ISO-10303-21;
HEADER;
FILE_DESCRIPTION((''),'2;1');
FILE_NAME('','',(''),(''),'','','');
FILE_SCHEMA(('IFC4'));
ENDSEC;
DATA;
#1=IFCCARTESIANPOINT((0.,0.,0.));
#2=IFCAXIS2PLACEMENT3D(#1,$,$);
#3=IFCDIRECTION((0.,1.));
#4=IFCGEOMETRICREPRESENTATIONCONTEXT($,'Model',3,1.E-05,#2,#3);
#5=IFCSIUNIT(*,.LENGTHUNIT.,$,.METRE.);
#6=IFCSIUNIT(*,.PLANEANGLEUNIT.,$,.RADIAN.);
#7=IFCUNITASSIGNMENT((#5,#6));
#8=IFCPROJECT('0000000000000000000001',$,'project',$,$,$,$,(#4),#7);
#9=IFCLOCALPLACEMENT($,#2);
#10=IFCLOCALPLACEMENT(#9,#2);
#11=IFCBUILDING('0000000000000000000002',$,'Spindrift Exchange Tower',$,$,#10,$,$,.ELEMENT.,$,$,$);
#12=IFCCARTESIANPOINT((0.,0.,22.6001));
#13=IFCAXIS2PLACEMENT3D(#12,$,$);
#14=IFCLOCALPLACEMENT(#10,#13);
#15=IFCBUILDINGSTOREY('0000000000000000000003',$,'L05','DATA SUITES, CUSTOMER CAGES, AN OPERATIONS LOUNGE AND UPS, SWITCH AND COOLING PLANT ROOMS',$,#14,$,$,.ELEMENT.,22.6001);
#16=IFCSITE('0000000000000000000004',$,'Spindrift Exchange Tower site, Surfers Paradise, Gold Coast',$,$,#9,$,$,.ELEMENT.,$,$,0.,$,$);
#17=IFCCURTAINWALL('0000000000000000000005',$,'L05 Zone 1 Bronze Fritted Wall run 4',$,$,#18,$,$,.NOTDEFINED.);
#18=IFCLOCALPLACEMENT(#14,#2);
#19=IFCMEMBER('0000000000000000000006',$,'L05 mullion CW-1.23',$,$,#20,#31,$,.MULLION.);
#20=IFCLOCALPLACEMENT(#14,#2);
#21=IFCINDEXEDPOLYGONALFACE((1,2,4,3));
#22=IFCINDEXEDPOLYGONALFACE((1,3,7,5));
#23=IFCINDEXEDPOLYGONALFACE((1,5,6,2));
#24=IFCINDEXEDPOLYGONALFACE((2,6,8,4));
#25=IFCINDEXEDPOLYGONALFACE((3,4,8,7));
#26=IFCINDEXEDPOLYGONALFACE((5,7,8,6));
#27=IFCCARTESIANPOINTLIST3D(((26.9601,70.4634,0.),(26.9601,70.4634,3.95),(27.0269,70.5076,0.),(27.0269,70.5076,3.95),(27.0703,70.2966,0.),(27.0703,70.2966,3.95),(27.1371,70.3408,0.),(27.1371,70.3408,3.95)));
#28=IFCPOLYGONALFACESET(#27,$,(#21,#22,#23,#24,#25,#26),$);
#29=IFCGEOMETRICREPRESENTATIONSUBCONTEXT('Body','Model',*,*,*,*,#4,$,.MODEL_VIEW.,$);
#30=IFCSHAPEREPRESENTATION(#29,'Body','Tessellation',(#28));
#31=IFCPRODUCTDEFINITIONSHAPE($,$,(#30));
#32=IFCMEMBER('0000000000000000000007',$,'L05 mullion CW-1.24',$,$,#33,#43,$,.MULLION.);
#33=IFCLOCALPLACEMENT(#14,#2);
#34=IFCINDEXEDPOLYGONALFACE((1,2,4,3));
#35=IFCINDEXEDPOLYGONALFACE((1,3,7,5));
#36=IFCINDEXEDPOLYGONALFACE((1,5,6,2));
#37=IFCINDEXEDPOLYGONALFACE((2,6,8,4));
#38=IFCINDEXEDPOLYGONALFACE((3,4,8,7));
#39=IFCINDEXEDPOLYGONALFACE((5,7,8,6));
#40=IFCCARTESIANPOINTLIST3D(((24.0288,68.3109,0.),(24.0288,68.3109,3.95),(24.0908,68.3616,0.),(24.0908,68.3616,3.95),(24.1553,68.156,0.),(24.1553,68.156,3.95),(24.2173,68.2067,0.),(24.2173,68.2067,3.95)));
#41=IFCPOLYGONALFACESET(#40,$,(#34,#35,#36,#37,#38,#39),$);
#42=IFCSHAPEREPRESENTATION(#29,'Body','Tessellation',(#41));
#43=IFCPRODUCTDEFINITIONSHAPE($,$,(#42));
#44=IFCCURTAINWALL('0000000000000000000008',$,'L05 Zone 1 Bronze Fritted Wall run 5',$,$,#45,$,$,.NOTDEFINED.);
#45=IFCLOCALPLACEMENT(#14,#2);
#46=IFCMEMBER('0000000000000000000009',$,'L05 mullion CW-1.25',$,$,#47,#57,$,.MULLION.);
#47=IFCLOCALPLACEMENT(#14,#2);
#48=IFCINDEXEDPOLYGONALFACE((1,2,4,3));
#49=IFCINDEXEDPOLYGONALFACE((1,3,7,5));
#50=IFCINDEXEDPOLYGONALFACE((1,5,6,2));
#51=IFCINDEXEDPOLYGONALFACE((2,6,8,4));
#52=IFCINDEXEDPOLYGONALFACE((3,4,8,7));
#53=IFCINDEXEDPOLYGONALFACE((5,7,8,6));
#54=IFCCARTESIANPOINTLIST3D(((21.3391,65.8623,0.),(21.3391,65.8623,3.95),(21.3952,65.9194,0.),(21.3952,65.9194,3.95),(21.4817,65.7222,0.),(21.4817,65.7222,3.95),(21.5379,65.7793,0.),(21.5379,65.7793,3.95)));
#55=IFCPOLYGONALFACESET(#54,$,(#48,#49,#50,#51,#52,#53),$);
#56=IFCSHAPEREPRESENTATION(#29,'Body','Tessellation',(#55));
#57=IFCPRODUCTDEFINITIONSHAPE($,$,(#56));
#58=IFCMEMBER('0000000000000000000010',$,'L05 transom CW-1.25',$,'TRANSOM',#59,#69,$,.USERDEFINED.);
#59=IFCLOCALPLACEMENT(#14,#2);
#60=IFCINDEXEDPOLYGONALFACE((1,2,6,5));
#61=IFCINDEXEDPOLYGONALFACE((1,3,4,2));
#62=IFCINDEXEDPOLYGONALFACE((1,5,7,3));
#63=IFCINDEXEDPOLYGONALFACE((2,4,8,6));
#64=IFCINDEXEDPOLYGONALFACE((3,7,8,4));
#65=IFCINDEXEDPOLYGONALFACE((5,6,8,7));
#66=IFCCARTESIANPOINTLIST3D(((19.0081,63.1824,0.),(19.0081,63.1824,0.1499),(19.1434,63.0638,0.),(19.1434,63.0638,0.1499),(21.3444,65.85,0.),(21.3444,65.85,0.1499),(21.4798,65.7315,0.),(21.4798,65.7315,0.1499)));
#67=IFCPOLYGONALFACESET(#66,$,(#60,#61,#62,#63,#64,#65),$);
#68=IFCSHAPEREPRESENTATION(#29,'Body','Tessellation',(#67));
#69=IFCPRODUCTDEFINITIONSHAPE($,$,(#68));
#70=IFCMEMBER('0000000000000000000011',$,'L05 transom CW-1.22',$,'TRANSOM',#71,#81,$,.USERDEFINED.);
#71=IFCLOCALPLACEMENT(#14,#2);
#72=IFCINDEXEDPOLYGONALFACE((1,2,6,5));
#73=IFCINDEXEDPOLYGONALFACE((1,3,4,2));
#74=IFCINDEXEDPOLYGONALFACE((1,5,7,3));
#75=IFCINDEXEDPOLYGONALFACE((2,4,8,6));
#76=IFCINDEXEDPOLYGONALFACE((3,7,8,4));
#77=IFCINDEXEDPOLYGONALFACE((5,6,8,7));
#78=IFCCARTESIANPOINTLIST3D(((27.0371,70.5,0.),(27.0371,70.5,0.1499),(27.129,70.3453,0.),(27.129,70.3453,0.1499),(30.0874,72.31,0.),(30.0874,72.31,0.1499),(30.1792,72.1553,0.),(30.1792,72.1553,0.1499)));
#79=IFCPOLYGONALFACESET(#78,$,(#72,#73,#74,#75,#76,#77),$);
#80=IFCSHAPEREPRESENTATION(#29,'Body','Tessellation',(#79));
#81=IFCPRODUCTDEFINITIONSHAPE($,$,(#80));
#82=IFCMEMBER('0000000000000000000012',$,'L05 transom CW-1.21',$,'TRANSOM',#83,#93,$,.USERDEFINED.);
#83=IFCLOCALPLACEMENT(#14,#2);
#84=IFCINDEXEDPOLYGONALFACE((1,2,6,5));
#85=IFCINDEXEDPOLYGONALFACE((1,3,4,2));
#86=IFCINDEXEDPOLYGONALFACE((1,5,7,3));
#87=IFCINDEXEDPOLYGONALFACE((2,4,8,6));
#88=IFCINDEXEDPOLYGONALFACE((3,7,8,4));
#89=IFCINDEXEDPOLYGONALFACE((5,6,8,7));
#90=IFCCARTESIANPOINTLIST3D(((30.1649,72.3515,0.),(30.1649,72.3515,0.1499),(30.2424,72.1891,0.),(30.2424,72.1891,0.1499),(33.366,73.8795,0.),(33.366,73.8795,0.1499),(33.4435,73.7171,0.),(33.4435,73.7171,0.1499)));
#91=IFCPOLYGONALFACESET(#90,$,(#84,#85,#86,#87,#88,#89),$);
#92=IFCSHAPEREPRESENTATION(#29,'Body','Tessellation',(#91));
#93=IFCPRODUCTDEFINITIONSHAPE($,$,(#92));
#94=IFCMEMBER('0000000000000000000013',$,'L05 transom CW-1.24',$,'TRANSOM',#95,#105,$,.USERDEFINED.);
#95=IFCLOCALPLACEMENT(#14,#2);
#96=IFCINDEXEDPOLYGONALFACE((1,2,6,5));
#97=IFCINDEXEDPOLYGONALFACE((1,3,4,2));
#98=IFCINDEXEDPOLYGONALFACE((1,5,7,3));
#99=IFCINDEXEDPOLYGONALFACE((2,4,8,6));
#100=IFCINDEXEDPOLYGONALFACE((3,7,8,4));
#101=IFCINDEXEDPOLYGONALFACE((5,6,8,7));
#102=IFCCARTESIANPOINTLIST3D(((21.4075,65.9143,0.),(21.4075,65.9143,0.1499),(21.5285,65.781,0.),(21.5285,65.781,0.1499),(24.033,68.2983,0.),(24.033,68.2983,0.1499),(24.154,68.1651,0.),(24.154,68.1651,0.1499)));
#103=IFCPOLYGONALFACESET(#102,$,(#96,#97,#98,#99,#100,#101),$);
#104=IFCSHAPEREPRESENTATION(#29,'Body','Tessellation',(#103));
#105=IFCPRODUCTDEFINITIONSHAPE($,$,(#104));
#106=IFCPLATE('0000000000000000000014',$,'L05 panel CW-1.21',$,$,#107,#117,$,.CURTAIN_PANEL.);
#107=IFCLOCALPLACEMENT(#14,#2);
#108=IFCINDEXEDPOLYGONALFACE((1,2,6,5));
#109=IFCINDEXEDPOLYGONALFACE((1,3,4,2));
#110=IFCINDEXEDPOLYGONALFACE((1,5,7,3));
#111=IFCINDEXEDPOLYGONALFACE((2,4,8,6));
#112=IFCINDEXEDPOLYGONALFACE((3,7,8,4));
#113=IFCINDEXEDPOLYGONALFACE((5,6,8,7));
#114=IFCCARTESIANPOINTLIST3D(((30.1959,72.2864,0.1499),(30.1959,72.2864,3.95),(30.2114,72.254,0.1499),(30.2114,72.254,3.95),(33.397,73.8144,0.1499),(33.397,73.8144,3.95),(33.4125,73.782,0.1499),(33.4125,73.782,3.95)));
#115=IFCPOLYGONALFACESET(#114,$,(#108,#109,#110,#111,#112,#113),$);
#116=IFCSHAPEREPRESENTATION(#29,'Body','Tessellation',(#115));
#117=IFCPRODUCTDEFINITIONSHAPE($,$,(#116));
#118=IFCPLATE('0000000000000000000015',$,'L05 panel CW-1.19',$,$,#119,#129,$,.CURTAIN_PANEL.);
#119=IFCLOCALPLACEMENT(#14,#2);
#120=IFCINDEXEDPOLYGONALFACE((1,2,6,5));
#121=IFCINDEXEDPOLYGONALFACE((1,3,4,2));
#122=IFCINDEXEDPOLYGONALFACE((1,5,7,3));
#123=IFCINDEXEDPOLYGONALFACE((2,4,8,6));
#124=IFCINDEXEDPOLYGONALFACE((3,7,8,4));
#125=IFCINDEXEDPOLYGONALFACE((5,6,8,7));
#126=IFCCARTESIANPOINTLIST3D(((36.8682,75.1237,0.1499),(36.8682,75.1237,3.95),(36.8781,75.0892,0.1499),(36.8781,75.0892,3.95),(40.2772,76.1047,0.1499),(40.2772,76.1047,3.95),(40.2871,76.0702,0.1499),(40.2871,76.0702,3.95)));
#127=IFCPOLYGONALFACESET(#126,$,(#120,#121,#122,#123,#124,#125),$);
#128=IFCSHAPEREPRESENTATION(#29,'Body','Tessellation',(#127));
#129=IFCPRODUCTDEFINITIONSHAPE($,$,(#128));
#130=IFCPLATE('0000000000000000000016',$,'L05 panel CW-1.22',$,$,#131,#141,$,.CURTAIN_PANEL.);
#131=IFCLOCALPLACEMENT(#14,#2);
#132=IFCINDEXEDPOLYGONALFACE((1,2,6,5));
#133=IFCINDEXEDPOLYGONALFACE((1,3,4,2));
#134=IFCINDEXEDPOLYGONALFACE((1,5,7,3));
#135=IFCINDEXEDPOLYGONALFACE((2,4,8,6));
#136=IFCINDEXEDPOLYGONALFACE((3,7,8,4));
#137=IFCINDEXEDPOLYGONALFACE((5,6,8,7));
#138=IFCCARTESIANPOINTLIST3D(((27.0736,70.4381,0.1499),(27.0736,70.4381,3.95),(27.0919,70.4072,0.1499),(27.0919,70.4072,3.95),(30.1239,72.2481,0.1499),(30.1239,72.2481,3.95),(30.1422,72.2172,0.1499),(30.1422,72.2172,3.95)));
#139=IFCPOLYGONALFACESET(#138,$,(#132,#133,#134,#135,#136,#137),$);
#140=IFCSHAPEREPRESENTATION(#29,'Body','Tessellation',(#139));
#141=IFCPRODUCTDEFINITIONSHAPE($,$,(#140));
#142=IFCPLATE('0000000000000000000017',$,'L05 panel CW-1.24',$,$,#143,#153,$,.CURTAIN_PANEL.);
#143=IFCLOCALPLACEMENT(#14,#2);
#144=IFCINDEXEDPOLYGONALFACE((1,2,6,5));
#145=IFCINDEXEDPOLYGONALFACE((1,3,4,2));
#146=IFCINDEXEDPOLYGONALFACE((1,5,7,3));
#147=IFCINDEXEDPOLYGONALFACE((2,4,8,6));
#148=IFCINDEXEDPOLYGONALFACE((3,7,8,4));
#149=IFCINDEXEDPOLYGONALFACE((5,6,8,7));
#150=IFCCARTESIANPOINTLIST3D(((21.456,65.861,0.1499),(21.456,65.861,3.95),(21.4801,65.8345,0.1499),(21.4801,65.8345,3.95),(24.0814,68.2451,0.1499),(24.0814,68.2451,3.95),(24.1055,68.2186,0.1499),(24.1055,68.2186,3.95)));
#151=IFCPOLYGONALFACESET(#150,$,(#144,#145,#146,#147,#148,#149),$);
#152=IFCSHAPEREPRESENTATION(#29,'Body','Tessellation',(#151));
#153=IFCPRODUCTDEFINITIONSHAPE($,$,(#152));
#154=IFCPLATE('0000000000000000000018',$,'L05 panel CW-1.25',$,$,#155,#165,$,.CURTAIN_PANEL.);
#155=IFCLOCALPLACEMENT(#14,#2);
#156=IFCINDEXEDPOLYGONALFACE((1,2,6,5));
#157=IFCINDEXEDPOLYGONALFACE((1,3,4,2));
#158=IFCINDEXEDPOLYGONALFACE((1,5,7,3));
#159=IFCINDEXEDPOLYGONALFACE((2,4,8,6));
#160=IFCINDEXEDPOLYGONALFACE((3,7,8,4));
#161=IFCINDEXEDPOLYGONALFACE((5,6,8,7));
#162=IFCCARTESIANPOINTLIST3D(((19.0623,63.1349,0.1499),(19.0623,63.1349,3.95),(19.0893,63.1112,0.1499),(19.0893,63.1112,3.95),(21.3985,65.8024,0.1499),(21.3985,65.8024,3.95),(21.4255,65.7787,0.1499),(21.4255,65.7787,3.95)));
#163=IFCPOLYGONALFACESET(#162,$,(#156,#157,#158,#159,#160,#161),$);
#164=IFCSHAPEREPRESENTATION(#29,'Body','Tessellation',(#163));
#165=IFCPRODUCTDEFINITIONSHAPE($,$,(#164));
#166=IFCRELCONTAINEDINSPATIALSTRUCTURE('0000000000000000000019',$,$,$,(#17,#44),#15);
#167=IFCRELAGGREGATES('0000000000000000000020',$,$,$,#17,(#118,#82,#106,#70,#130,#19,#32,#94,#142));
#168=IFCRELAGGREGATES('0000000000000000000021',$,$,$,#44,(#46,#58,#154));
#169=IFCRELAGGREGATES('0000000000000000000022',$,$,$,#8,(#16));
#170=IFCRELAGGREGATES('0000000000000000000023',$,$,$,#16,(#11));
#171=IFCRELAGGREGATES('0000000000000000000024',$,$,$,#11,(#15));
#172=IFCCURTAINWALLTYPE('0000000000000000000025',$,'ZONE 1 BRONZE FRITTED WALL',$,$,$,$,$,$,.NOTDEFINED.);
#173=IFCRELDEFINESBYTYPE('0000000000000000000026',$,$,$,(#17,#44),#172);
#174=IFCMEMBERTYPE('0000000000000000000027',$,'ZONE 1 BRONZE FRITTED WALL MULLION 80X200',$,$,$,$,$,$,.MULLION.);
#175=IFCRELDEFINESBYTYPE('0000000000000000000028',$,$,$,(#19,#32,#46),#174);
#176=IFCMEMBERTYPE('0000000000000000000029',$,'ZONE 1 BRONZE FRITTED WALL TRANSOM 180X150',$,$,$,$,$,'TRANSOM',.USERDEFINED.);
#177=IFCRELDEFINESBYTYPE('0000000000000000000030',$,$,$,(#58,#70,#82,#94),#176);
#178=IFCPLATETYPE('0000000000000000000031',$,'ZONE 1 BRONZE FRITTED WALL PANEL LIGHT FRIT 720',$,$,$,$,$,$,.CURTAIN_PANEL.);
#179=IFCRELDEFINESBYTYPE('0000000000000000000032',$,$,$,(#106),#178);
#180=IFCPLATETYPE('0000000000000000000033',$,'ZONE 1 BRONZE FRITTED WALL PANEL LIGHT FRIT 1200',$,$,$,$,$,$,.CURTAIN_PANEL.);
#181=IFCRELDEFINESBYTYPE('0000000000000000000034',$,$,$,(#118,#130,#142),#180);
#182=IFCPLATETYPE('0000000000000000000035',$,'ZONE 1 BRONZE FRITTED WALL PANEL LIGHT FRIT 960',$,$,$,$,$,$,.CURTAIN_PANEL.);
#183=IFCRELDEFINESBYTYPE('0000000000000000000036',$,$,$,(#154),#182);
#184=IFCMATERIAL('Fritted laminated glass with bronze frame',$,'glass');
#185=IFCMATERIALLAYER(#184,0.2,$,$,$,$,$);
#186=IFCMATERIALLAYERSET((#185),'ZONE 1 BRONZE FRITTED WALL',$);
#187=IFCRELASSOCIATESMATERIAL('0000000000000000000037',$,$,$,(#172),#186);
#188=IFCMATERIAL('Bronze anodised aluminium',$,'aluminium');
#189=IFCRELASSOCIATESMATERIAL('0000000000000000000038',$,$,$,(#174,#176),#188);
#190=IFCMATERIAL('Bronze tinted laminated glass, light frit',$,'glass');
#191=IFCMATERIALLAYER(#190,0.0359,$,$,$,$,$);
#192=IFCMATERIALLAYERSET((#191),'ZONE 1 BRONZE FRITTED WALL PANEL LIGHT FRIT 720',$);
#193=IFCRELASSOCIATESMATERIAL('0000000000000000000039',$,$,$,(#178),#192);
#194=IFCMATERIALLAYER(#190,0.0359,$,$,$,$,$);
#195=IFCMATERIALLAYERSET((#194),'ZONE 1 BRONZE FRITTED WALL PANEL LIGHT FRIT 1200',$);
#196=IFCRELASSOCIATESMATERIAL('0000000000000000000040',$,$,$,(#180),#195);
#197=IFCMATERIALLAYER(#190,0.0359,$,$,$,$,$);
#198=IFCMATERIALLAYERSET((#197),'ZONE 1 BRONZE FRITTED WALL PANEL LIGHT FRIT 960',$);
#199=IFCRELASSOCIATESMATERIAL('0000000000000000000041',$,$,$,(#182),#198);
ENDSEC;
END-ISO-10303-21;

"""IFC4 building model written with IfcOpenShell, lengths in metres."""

from ifc_helpers import new_model, si_unit, direction, frame, origin, origin_2d, place, context, subcontext, project, spatial, rectangle, extrude, source, transform, mapped, material, layer, layer_set, material_profile, profile_set, type_object, element, aggregate, save


model = new_model("IFC4")

# Units and contexts
model_context = context("Model", 3, precision=1e-05, world=origin(), true_north=direction((0.0, 1.0)))
body_context = subcontext(model_context, "Body", "Model", "MODEL_VIEW")
ifc_project = project(units=[si_unit("LENGTHUNIT", "METRE"), si_unit("PLANEANGLEUNIT", "RADIAN")], contexts=[model_context])

# Site, building, storey
site_placement = place(None, origin())
site = spatial("IfcSite", under=ifc_project, at=site_placement, Name="Spindrift Exchange Tower site, Surfers Paradise, Gold Coast", CompositionType="ELEMENT", RefElevation=0.0)
building_placement = place(site_placement, origin())
building = spatial("IfcBuilding", under=site, at=building_placement, Name="Spindrift Exchange Tower", CompositionType="ELEMENT")
storey_placement = place(building_placement, frame((0.0, 0.0, 22.6001)))
storey = spatial("IfcBuildingStorey", under=building, at=storey_placement, Name="L05", Description="DATA SUITES, CUSTOMER CAGES, AN OPERATIONS LOUNGE AND UPS, SWITCH AND COOLING PLANT ROOMS", CompositionType="ELEMENT", Elevation=22.6001)

# Curtain walls, members
ifc_material_1 = material(Name="Fritted laminated glass with bronze frame", Category="glass")
ifc_layer_1 = layer(ifc_material_1, 0.2)
ifc_layer_set_1 = layer_set([ifc_layer_1], Name="ZONE 1 BRONZE FRITTED WALL")
curtain_wall_type = type_object("IfcCurtainWallType", Name="ZONE 1 BRONZE FRITTED WALL", PredefinedType="NOTDEFINED", material=ifc_layer_set_1)
curtain_wall_1_placement = place(storey_placement, origin())
curtain_wall_1 = element("IfcCurtainWall", 1, at=curtain_wall_1_placement, inside=storey, type_object=curtain_wall_type, Name="L05 Zone 1 Bronze Fritted Wall run 4", PredefinedType="NOTDEFINED")
ifc_material_2 = material(Name="Bronze anodised aluminium", Category="aluminium")
ifc_material_profile_1 = material_profile(ifc_material_2, rectangle(XDim=0.0801, YDim=0.2, at=origin_2d()), Name="ZONE 1 BRONZE FRITTED WALL MULLION 80X200")
ifc_profile_set_1 = profile_set([ifc_material_profile_1], Name="Bronze anodised aluminium")
member_type_1 = type_object("IfcMemberType", Name="ZONE 1 BRONZE FRITTED WALL MULLION 80X200", PredefinedType="MULLION", material=ifc_profile_set_1)
shared_shape_1 = source(origin(), body_context, "Body", "SweptSolid", [
    extrude(rectangle(XDim=0.0801, YDim=0.2, at=origin_2d()), origin(), (0.0, 0.0, 1.0), 3.95),
])
member_1_placement = place(storey_placement, frame((27.0486, 70.4021, 0.0), z_axis=(0.0, 0.0, 1.0), x_axis=(-0.834296, -0.551317, 0.0)))
member_1 = element("IfcMember", 2, at=member_1_placement, type_object=member_type_1, Name="L05 mullion CW-1.23", PredefinedType="MULLION", context=body_context, shape_type="MappedRepresentation", body=[
    mapped(shared_shape_1, transform((0.0, 0.0, 0.0), scale=1.0)),
])
member_2_placement = place(storey_placement, frame((24.123, 68.2588, 0.0), z_axis=(0.0, 0.0, 1.0), x_axis=(-0.774543, -0.632521, 0.0)))
member_2 = element("IfcMember", 3, at=member_2_placement, type_object=member_type_1, Name="L05 mullion CW-1.24", PredefinedType="MULLION", context=body_context, shape_type="MappedRepresentation", body=[
    mapped(shared_shape_1, transform((0.0, 0.0, 0.0), scale=1.0)),
])
curtain_wall_2_placement = place(storey_placement, origin())
curtain_wall_2 = element("IfcCurtainWall", 4, at=curtain_wall_2_placement, inside=storey, type_object=curtain_wall_type, Name="L05 Zone 1 Bronze Fritted Wall run 5", PredefinedType="NOTDEFINED")
member_3_placement = place(storey_placement, frame((21.4385, 65.8208, 0.0), z_axis=(0.0, 0.0, 1.0), x_axis=(-0.700723, -0.713433, 0.0)))
member_3 = element("IfcMember", 5, at=member_3_placement, type_object=member_type_1, Name="L05 mullion CW-1.25", PredefinedType="MULLION", context=body_context, shape_type="MappedRepresentation", body=[
    mapped(shared_shape_1, transform((0.0, 0.0, 0.0), scale=1.0)),
])
ifc_material_profile_2 = material_profile(ifc_material_2, rectangle(XDim=0.1799, YDim=0.1499, at=origin_2d()), Name="ZONE 1 BRONZE FRITTED WALL TRANSOM 180X150")
ifc_profile_set_2 = profile_set([ifc_material_profile_2], Name="Bronze anodised aluminium")
member_type_2 = type_object("IfcMemberType", Name="ZONE 1 BRONZE FRITTED WALL TRANSOM 180X150", ElementType="TRANSOM", PredefinedType="USERDEFINED", material=ifc_profile_set_2)
shared_shape_2 = source(origin(), body_context, "Body", "SweptSolid", [
    extrude(rectangle(XDim=0.1799, YDim=0.1499, at=origin_2d()), origin(), (0.0, 0.0, 1.0), 3.5461),
])
member_4_placement = place(storey_placement, frame((21.4121, 65.7908, 0.075), z_axis=(-0.658851, -0.752274, 0.0), x_axis=(0.752274, -0.658851, 0.0)))
member_4 = element("IfcMember", 6, at=member_4_placement, type_object=member_type_2, Name="L05 transom CW-1.25", ObjectType="TRANSOM", PredefinedType="USERDEFINED", context=body_context, shape_type="MappedRepresentation", body=[
    mapped(shared_shape_2, transform((0.0, 0.0, 0.0), scale=1.0)),
])

# Members
shared_shape_3 = source(origin(), body_context, "Body", "SweptSolid", [
    extrude(rectangle(XDim=0.1799, YDim=0.1499, at=origin_2d()), origin(), (0.0, 0.0, 1.0), 3.5469),
])
member_5_placement = place(storey_placement, frame((30.1333, 72.2327, 0.075), z_axis=(-0.859985, -0.510319, 0.0), x_axis=(0.510319, -0.859985, 0.0)))
member_5 = element("IfcMember", 7, at=member_5_placement, type_object=member_type_2, Name="L05 transom CW-1.22", ObjectType="TRANSOM", PredefinedType="USERDEFINED", context=body_context, shape_type="MappedRepresentation", body=[
    mapped(shared_shape_3, transform((0.0, 0.0, 0.0), scale=1.0)),
])
shared_shape_4 = source(origin(), body_context, "Body", "SweptSolid", [
    extrude(rectangle(XDim=0.1799, YDim=0.1499, at=origin_2d()), origin(), (0.0, 0.0, 1.0), 3.5471),
])
member_6_placement = place(storey_placement, frame((33.4048, 73.7983, 0.075), z_axis=(-0.902454, -0.430786, 0.0), x_axis=(0.430786, -0.902454, 0.0)))
member_6 = element("IfcMember", 8, at=member_6_placement, type_object=member_type_2, Name="L05 transom CW-1.21", ObjectType="TRANSOM", PredefinedType="USERDEFINED", context=body_context, shape_type="MappedRepresentation", body=[
    mapped(shared_shape_4, transform((0.0, 0.0, 0.0), scale=1.0)),
])
shared_shape_5 = source(origin(), body_context, "Body", "SweptSolid", [
    extrude(rectangle(XDim=0.1799, YDim=0.1499, at=origin_2d()), origin(), (0.0, 0.0, 1.0), 3.5464),
])
member_7_placement = place(storey_placement, frame((24.0935, 68.2317, 0.075), z_axis=(-0.740329, -0.672244, 0.0), x_axis=(0.672244, -0.740329, 0.0)))
member_7 = element("IfcMember", 9, at=member_7_placement, type_object=member_type_2, Name="L05 transom CW-1.24", ObjectType="TRANSOM", PredefinedType="USERDEFINED", context=body_context, shape_type="MappedRepresentation", body=[
    mapped(shared_shape_5, transform((0.0, 0.0, 0.0), scale=1.0)),
])

# Plates
ifc_material_3 = material(Name="Bronze tinted laminated glass, light frit", Category="glass")
ifc_layer_2 = layer(ifc_material_3, 0.0359)
ifc_layer_set_2 = layer_set([ifc_layer_2], Name="ZONE 1 BRONZE FRITTED WALL PANEL LIGHT FRIT 720")
plate_type_1 = type_object("IfcPlateType", Name="ZONE 1 BRONZE FRITTED WALL PANEL LIGHT FRIT 720", PredefinedType="CURTAIN_PANEL", material=ifc_layer_set_2)
shared_shape_6 = source(origin(), body_context, "Body", "SweptSolid", [
    extrude(rectangle(XDim=3.5471, YDim=0.0359, at=origin_2d()), origin(), (0.0, 0.0, 1.0), 3.8),
])
plate_1_placement = place(storey_placement, frame((31.8042, 73.0342, 0.1499), z_axis=(0.0, 0.0, 1.0), x_axis=(-0.902455, -0.430784, 0.0)))
plate_1 = element("IfcPlate", 10, at=plate_1_placement, type_object=plate_type_1, Name="L05 panel CW-1.21", PredefinedType="CURTAIN_PANEL", context=body_context, shape_type="MappedRepresentation", body=[
    mapped(shared_shape_6, transform((0.0, 0.0, 0.0), scale=1.0)),
])
ifc_layer_3 = layer(ifc_material_3, 0.0359)
ifc_layer_set_3 = layer_set([ifc_layer_3], Name="ZONE 1 BRONZE FRITTED WALL PANEL LIGHT FRIT 1200")
plate_type_2 = type_object("IfcPlateType", Name="ZONE 1 BRONZE FRITTED WALL PANEL LIGHT FRIT 1200", PredefinedType="CURTAIN_PANEL", material=ifc_layer_set_3)
shared_shape_7 = source(origin(), body_context, "Body", "SweptSolid", [
    extrude(rectangle(XDim=3.5474, YDim=0.0359, at=origin_2d()), origin(), (0.0, 0.0, 1.0), 3.8),
])
plate_2_placement = place(storey_placement, frame((38.5776, 75.5969, 0.1499), z_axis=(0.0, 0.0, 1.0), x_axis=(-0.961001, -0.276545, 0.0)))
plate_2 = element("IfcPlate", 11, at=plate_2_placement, type_object=plate_type_2, Name="L05 panel CW-1.19", PredefinedType="CURTAIN_PANEL", context=body_context, shape_type="MappedRepresentation", body=[
    mapped(shared_shape_7, transform((0.0, 0.0, 0.0), scale=1.0)),
])
shared_shape_8 = source(origin(), body_context, "Body", "SweptSolid", [
    extrude(rectangle(XDim=3.5469, YDim=0.0359, at=origin_2d()), origin(), (0.0, 0.0, 1.0), 3.8),
])
plate_3_placement = place(storey_placement, frame((28.6079, 71.3276, 0.1499), z_axis=(0.0, 0.0, 1.0), x_axis=(-0.859996, -0.510301, 0.0)))
plate_3 = element("IfcPlate", 12, at=plate_3_placement, type_object=plate_type_2, Name="L05 panel CW-1.22", PredefinedType="CURTAIN_PANEL", context=body_context, shape_type="MappedRepresentation", body=[
    mapped(shared_shape_8, transform((0.0, 0.0, 0.0), scale=1.0)),
])
shared_shape_9 = source(origin(), body_context, "Body", "SweptSolid", [
    extrude(rectangle(XDim=3.5464, YDim=0.0359, at=origin_2d()), origin(), (0.0, 0.0, 1.0), 3.8),
])
plate_4_placement = place(storey_placement, frame((22.7808, 67.0398, 0.1499), z_axis=(0.0, 0.0, 1.0), x_axis=(-0.740316, -0.67226, 0.0)))
plate_4 = element("IfcPlate", 13, at=plate_4_placement, type_object=plate_type_2, Name="L05 panel CW-1.24", PredefinedType="CURTAIN_PANEL", context=body_context, shape_type="MappedRepresentation", body=[
    mapped(shared_shape_9, transform((0.0, 0.0, 0.0), scale=1.0)),
])
aggregate(curtain_wall_1, [plate_2, member_6, plate_1, member_5, plate_3, member_1, member_2, member_7, plate_4])
ifc_layer_4 = layer(ifc_material_3, 0.0359)
ifc_layer_set_4 = layer_set([ifc_layer_4], Name="ZONE 1 BRONZE FRITTED WALL PANEL LIGHT FRIT 960")
plate_type_3 = type_object("IfcPlateType", Name="ZONE 1 BRONZE FRITTED WALL PANEL LIGHT FRIT 960", PredefinedType="CURTAIN_PANEL", material=ifc_layer_set_4)
shared_shape_10 = source(origin(), body_context, "Body", "SweptSolid", [
    extrude(rectangle(XDim=3.5459, YDim=0.0359, at=origin_2d()), origin(), (0.0, 0.0, 1.0), 3.8),
])
plate_5_placement = place(storey_placement, frame((20.2439, 64.4568, 0.1499), z_axis=(0.0, 0.0, 1.0), x_axis=(-0.658844, -0.752279, 0.0)))
plate_5 = element("IfcPlate", 14, at=plate_5_placement, type_object=plate_type_3, Name="L05 panel CW-1.25", PredefinedType="CURTAIN_PANEL", context=body_context, shape_type="MappedRepresentation", body=[
    mapped(shared_shape_10, transform((0.0, 0.0, 0.0), scale=1.0)),
])
aggregate(curtain_wall_2, [member_3, member_4, plate_5])

save(model, "model.ifc")
